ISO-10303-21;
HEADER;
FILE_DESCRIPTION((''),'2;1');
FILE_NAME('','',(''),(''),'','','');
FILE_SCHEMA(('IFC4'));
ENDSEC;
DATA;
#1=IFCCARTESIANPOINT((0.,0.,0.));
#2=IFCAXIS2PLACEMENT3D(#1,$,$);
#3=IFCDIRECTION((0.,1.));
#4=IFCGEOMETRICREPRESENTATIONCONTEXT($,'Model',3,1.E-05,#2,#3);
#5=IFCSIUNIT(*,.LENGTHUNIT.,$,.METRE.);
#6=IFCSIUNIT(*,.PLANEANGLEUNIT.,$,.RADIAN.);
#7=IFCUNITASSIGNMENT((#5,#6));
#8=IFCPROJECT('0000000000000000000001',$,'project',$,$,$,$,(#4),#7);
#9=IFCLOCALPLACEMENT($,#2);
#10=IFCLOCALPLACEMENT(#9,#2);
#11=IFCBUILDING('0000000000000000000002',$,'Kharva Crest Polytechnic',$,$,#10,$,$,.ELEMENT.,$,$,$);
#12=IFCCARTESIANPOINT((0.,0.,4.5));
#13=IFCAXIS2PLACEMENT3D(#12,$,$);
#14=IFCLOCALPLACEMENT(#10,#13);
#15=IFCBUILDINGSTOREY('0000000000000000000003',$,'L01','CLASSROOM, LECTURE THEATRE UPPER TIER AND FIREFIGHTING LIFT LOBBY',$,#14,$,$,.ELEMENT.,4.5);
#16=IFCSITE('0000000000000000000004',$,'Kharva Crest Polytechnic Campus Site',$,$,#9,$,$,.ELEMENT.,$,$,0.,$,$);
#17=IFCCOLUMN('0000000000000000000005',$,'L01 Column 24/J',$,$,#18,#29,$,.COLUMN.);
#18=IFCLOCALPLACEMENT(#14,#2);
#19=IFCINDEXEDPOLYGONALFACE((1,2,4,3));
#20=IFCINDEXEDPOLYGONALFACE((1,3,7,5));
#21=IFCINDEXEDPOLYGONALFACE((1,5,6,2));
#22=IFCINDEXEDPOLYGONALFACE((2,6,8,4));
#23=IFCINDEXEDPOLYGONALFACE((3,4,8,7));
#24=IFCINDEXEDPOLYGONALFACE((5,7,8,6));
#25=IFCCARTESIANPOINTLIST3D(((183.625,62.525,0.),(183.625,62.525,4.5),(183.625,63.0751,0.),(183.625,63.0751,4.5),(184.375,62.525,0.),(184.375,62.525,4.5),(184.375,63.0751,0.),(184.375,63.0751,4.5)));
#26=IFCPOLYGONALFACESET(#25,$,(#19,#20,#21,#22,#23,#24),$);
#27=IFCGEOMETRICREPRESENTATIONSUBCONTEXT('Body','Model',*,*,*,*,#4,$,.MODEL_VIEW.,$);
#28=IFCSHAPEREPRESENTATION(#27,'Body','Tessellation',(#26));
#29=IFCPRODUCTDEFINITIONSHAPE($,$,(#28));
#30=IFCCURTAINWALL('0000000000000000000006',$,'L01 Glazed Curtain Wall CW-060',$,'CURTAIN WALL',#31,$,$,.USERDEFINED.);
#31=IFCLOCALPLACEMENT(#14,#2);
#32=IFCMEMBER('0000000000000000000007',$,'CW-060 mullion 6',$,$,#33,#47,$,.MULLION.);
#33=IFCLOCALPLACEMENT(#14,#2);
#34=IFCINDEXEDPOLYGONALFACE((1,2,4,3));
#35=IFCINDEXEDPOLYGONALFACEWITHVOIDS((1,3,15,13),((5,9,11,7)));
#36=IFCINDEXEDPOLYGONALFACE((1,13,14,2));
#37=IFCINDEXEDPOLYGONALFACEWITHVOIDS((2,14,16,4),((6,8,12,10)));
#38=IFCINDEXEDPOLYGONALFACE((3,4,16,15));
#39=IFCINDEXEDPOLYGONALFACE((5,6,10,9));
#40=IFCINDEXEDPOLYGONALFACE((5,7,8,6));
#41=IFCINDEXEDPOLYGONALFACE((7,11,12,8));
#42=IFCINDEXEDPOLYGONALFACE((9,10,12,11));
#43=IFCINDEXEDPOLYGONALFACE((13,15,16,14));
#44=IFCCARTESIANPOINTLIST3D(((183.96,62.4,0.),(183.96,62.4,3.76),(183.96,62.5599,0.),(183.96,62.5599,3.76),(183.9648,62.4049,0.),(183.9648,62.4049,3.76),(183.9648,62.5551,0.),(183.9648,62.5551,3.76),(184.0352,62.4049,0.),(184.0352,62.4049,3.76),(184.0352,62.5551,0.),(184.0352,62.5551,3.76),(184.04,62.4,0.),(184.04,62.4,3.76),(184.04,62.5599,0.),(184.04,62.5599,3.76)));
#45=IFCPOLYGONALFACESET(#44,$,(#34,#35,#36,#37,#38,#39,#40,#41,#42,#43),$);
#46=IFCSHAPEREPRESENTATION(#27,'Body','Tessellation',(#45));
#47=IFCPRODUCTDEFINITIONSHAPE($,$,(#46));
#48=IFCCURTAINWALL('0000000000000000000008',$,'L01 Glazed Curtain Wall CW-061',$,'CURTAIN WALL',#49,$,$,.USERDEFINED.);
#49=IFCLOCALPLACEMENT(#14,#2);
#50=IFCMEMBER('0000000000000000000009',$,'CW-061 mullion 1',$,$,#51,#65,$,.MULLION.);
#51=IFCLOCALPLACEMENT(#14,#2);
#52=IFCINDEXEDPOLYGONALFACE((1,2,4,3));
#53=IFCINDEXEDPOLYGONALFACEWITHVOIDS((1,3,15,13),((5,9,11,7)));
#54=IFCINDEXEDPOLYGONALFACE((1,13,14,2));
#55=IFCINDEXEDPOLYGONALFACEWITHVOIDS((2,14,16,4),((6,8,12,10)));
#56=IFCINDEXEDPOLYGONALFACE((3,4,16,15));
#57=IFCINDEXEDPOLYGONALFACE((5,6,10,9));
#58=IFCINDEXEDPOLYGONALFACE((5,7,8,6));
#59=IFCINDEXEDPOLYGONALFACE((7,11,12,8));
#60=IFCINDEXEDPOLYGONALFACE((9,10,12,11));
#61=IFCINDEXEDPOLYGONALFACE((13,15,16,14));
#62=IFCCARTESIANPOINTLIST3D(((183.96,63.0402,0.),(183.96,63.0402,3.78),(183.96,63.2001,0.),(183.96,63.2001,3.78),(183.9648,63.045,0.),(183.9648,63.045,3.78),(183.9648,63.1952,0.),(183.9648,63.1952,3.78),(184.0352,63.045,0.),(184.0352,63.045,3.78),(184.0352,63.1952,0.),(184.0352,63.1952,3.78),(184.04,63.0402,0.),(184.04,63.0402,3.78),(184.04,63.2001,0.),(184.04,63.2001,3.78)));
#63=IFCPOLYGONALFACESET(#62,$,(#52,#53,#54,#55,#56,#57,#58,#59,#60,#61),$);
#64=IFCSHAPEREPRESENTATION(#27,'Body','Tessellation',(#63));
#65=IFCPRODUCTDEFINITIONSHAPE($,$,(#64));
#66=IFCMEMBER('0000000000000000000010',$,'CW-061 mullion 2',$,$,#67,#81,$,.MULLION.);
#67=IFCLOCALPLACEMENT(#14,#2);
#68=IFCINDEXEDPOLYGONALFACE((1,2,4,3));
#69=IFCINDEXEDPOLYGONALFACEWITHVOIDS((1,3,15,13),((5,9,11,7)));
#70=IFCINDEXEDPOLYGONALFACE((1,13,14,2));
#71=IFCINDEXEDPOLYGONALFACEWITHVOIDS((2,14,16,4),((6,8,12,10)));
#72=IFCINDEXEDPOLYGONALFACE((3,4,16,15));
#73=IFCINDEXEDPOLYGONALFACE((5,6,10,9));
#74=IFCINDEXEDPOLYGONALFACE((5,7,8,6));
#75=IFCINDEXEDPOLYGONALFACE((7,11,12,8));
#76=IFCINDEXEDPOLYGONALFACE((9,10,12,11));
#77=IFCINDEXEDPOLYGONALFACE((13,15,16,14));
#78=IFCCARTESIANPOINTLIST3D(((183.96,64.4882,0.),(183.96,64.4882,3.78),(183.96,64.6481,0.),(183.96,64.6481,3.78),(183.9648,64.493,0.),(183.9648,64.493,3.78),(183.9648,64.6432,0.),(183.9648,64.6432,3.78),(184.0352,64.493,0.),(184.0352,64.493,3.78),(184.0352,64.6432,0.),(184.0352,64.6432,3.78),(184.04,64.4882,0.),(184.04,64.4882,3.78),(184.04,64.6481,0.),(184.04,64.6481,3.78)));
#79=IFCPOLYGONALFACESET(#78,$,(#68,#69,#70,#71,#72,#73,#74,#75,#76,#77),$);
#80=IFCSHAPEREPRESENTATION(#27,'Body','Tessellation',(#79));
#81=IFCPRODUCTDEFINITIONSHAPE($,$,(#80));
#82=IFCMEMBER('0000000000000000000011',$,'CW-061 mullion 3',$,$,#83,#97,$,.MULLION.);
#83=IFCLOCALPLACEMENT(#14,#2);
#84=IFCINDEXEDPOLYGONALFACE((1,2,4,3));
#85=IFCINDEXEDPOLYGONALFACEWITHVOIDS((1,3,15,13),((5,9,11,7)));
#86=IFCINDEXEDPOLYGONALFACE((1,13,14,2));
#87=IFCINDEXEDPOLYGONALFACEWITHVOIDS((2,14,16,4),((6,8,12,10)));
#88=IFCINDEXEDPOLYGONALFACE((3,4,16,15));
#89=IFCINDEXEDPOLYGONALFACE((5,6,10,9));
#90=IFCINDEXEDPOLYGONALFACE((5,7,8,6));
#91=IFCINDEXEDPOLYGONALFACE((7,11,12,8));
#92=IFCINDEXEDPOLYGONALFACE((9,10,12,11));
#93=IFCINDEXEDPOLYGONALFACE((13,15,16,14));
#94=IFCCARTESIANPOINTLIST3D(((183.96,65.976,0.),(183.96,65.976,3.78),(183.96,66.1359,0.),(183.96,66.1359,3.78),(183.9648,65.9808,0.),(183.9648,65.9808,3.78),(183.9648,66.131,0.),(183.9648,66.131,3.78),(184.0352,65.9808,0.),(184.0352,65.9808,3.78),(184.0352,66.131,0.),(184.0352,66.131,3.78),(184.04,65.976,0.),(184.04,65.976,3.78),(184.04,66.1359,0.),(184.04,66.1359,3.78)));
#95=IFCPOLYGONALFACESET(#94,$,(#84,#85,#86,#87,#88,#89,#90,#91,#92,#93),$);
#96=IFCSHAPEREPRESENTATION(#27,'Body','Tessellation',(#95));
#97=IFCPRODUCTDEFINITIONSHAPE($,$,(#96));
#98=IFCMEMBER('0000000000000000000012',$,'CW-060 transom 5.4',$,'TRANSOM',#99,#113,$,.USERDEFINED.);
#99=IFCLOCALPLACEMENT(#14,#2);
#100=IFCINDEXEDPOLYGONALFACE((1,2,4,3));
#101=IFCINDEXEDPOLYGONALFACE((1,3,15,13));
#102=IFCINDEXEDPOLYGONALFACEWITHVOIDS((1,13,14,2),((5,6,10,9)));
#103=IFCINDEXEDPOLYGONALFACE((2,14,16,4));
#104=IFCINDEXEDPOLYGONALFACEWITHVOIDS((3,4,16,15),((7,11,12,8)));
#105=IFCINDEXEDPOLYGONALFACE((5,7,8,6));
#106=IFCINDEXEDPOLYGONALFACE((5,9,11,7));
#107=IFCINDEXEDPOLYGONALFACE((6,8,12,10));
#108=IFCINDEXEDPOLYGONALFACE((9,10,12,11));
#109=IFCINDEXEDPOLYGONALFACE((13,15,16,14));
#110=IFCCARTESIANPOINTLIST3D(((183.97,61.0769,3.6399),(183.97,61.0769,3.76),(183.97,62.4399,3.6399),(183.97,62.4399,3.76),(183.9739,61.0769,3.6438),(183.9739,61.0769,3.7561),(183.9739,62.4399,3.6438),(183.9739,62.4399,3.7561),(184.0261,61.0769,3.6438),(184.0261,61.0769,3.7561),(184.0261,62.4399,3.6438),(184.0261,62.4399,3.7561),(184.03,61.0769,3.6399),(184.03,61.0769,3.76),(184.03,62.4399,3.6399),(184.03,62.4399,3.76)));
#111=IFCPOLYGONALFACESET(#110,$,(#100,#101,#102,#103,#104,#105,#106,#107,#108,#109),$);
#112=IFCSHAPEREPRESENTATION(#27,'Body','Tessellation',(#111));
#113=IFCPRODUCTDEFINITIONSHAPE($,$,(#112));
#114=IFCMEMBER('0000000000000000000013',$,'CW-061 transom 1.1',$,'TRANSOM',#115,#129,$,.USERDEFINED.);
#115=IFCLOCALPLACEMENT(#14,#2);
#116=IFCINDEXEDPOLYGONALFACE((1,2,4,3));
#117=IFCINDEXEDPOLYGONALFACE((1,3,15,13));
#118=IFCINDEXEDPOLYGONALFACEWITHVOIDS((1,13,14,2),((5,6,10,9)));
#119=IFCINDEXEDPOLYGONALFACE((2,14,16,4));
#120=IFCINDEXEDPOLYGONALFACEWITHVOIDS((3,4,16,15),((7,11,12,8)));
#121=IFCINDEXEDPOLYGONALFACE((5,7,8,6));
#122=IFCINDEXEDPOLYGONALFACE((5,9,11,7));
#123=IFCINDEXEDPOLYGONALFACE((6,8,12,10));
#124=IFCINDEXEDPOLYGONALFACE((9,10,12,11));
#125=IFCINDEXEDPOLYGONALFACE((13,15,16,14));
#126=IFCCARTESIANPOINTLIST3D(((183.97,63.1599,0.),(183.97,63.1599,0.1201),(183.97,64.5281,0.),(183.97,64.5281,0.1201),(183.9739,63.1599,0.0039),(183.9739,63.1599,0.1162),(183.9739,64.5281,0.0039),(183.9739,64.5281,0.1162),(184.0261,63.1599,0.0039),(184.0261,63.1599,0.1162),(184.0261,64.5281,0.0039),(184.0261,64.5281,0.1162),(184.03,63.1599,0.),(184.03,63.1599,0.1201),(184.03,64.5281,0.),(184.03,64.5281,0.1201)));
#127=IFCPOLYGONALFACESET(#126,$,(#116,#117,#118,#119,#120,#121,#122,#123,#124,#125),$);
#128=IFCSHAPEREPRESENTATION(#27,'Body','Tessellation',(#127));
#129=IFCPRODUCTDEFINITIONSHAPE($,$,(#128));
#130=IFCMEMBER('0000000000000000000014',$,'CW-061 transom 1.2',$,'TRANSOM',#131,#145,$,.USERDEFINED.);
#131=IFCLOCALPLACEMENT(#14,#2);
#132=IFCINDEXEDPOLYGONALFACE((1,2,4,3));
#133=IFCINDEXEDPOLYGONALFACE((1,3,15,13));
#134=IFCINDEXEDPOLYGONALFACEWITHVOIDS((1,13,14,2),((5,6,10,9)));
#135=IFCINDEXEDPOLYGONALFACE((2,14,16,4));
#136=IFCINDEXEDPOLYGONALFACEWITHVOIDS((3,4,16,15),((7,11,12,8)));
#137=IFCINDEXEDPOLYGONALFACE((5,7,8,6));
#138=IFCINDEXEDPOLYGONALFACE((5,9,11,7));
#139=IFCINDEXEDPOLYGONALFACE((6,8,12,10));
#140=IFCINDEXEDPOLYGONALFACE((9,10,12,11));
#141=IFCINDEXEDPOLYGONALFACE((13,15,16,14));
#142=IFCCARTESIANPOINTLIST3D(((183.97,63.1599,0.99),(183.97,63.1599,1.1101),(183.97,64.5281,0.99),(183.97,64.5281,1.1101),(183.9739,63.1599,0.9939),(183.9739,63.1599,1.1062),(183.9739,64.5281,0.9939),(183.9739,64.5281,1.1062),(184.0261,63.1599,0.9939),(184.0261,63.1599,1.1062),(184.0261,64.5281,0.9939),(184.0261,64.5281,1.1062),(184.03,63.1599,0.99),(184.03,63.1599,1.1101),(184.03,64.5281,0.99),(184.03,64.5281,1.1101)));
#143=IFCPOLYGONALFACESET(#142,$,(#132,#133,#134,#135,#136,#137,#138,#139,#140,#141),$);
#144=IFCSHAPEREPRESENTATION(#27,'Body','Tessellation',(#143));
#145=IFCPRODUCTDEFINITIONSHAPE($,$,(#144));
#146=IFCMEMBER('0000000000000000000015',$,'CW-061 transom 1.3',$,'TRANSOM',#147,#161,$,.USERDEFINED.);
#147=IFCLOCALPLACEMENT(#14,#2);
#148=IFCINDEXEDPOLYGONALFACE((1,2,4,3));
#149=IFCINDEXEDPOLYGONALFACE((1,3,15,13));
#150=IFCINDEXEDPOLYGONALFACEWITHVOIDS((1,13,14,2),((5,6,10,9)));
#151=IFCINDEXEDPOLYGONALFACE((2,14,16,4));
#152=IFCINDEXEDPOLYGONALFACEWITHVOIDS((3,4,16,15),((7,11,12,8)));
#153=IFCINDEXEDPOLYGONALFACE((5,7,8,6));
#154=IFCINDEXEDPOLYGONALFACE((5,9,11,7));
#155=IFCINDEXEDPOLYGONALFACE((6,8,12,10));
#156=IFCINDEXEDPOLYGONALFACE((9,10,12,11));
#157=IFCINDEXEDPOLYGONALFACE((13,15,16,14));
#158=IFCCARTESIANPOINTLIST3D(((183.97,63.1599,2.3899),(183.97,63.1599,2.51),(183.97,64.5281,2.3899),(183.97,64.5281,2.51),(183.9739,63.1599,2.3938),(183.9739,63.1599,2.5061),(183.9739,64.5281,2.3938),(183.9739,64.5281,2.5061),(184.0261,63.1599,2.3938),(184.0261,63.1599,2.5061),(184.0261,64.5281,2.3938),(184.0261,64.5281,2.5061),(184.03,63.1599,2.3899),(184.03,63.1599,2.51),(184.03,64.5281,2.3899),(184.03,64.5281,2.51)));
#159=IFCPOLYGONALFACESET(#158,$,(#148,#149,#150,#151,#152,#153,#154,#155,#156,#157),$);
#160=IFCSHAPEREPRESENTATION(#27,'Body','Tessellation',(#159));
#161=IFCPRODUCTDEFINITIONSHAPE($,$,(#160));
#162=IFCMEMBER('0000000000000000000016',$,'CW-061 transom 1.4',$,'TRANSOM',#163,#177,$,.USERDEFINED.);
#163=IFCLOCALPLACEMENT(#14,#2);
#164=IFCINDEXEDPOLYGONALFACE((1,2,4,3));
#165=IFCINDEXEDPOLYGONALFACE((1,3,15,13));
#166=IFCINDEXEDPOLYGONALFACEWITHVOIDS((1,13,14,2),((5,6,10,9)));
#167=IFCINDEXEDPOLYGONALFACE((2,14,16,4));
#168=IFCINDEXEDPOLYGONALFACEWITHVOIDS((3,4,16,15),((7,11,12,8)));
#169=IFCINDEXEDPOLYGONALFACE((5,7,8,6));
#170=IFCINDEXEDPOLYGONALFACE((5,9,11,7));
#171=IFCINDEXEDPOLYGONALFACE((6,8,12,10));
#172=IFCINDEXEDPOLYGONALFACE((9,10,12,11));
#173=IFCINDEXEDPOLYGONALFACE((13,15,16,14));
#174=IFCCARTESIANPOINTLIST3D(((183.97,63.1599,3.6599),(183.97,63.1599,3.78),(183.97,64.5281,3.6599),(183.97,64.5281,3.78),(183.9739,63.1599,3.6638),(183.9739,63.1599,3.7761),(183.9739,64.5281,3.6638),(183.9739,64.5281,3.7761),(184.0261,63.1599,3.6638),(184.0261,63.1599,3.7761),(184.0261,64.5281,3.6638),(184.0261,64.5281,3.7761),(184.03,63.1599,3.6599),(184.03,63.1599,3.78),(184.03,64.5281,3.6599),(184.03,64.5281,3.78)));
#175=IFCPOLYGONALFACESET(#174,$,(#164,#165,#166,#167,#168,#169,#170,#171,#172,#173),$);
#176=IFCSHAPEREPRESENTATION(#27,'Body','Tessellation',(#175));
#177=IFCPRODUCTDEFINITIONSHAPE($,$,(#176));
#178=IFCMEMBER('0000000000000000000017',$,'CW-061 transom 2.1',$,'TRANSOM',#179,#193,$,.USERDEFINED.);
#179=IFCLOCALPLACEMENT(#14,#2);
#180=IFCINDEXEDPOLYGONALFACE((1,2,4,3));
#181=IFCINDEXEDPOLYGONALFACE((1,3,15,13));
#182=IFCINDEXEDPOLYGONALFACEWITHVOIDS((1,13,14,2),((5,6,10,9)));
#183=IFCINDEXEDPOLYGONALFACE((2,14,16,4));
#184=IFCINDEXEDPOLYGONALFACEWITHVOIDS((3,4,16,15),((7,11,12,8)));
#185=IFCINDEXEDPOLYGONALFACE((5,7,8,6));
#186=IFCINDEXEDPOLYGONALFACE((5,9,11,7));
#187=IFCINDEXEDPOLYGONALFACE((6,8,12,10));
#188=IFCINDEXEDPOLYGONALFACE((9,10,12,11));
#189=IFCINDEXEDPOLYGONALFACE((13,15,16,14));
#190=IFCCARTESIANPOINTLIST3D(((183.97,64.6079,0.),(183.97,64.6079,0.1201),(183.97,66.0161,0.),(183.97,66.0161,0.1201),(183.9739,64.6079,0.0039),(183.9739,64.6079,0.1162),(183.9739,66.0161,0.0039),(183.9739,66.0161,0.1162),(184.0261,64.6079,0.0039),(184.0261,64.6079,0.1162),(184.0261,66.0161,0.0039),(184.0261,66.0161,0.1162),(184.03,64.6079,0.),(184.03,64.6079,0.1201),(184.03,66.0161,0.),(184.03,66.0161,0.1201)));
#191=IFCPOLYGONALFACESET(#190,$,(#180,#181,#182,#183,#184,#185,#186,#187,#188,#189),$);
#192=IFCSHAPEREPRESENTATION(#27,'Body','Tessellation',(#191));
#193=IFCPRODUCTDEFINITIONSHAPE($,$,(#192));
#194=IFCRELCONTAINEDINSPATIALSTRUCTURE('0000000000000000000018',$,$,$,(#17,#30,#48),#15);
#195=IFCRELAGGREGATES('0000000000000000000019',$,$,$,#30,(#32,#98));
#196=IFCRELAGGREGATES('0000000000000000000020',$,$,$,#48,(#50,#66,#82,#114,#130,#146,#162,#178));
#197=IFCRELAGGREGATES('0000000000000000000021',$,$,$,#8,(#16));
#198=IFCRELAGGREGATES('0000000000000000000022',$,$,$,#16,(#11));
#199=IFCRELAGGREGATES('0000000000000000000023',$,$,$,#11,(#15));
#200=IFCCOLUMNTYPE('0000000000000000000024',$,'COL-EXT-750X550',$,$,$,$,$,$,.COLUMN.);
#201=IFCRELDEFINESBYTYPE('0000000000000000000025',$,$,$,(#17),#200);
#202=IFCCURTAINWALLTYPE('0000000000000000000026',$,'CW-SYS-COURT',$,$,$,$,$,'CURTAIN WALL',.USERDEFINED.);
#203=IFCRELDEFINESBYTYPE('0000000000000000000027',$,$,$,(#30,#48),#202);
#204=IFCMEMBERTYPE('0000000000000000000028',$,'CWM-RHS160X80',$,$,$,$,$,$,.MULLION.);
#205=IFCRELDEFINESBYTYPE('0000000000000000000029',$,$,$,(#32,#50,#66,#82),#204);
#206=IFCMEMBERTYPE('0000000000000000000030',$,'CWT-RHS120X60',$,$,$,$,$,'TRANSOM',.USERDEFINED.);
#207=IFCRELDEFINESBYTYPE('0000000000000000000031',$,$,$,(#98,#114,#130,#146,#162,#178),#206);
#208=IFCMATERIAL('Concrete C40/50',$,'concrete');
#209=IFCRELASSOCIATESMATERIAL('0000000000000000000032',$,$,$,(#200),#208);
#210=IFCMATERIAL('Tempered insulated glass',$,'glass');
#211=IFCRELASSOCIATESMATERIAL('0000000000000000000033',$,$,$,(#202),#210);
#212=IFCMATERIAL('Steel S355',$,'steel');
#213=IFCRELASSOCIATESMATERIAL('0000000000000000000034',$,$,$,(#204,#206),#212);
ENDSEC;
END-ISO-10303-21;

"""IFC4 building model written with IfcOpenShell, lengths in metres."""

from ifc_helpers import new_model, si_unit, direction, frame, origin, origin_2d, place, context, subcontext, project, spatial, rectangle, hollow_rectangle, extrude, material, material_profile, profile_set, type_object, element, aggregate, save


model = new_model("IFC4")

# Units and contexts
model_context = context("Model", 3, precision=1e-05, world=origin(), true_north=direction((0.0, 1.0)))
body_context = subcontext(model_context, "Body", "Model", "MODEL_VIEW")
ifc_project = project(units=[si_unit("LENGTHUNIT", "METRE"), si_unit("PLANEANGLEUNIT", "RADIAN")], contexts=[model_context])

# Site, building, storey
site_placement = place(None, origin())
site = spatial("IfcSite", under=ifc_project, at=site_placement, Name="Kharva Crest Polytechnic Campus Site", CompositionType="ELEMENT", RefElevation=0.0)
building_placement = place(site_placement, origin())
building = spatial("IfcBuilding", under=site, at=building_placement, Name="Kharva Crest Polytechnic", CompositionType="ELEMENT")
storey_placement = place(building_placement, frame((0.0, 0.0, 4.5)))
storey = spatial("IfcBuildingStorey", under=building, at=storey_placement, Name="L01", Description="CLASSROOM, LECTURE THEATRE UPPER TIER AND FIREFIGHTING LIFT LOBBY", CompositionType="ELEMENT", Elevation=4.5)

# Column
ifc_material_1 = material(Name="Concrete C40/50", Category="concrete")
ifc_material_profile_1 = material_profile(ifc_material_1, rectangle(XDim=0.75, YDim=0.55, at=origin_2d()), Name="RECT 750 X 550")
ifc_profile_set_1 = profile_set([ifc_material_profile_1], Name="Concrete C40/50")
column_type = type_object("IfcColumnType", Name="COL-EXT-750X550", PredefinedType="COLUMN", material=ifc_profile_set_1)
column_placement = place(storey_placement, frame((184.0, 62.8, 0.0), z_axis=(0.0, 0.0, 1.0), x_axis=(1.0, 0.0, 0.0)))
element("IfcColumn", 1, at=column_placement, inside=storey, type_object=column_type, Name="L01 Column 24/J", PredefinedType="COLUMN", context=body_context, shape_type="SweptSolid", body=[
    extrude(rectangle(XDim=0.75, YDim=0.55, at=origin_2d()), origin(), (0.0, 0.0, 1.0), 4.5),
])

# Curtain wall, member
ifc_material_2 = material(Name="Tempered insulated glass", Category="glass")
curtain_wall_type = type_object("IfcCurtainWallType", Name="CW-SYS-COURT", ElementType="CURTAIN WALL", PredefinedType="USERDEFINED", material=ifc_material_2)
curtain_wall_1_placement = place(storey_placement, origin())
curtain_wall_1 = element("IfcCurtainWall", 2, at=curtain_wall_1_placement, inside=storey, type_object=curtain_wall_type, Name="L01 Glazed Curtain Wall CW-060", ObjectType="CURTAIN WALL", PredefinedType="USERDEFINED")
ifc_material_3 = material(Name="Steel S355", Category="steel")
ifc_material_profile_2 = material_profile(ifc_material_3, hollow_rectangle(XDim=0.0801, YDim=0.1599, WallThickness=0.0049, at=origin_2d()), Name="RHS 160X80X5.0")
ifc_profile_set_2 = profile_set([ifc_material_profile_2], Name="Steel S355")
member_type_1 = type_object("IfcMemberType", Name="CWM-RHS160X80", PredefinedType="MULLION", material=ifc_profile_set_2)
member_1_placement = place(storey_placement, frame((184.0, 62.48, 0.0), z_axis=(0.0, 0.0, 1.0), x_axis=(-1.0, 0.0, 0.0)))
member_1 = element("IfcMember", 3, at=member_1_placement, type_object=member_type_1, Name="CW-060 mullion 6", PredefinedType="MULLION", context=body_context, shape_type="SweptSolid", body=[
    extrude(hollow_rectangle(XDim=0.0801, YDim=0.1599, WallThickness=0.0049, at=origin_2d()), origin(), (0.0, 0.0, 1.0), 3.76),
])

# Curtain wall, members
curtain_wall_2_placement = place(storey_placement, origin())
curtain_wall_2 = element("IfcCurtainWall", 4, at=curtain_wall_2_placement, inside=storey, type_object=curtain_wall_type, Name="L01 Glazed Curtain Wall CW-061", ObjectType="CURTAIN WALL", PredefinedType="USERDEFINED")
member_2_placement = place(storey_placement, frame((184.0, 63.1201, 0.0), z_axis=(0.0, 0.0, 1.0), x_axis=(-1.0, 0.0, 0.0)))
member_2 = element("IfcMember", 5, at=member_2_placement, type_object=member_type_1, Name="CW-061 mullion 1", PredefinedType="MULLION", context=body_context, shape_type="SweptSolid", body=[
    extrude(hollow_rectangle(XDim=0.0801, YDim=0.1599, WallThickness=0.0049, at=origin_2d()), origin(), (0.0, 0.0, 1.0), 3.78),
])
member_3_placement = place(storey_placement, frame((184.0, 64.5681, 0.0), z_axis=(0.0, 0.0, 1.0), x_axis=(-1.0, 0.0, 0.0)))
member_3 = element("IfcMember", 6, at=member_3_placement, type_object=member_type_1, Name="CW-061 mullion 2", PredefinedType="MULLION", context=body_context, shape_type="SweptSolid", body=[
    extrude(hollow_rectangle(XDim=0.0801, YDim=0.1599, WallThickness=0.0049, at=origin_2d()), origin(), (0.0, 0.0, 1.0), 3.78),
])
member_4_placement = place(storey_placement, frame((184.0, 66.0559, 0.0), z_axis=(0.0, 0.0, 1.0), x_axis=(-1.0, 0.0, 0.0)))
member_4 = element("IfcMember", 7, at=member_4_placement, type_object=member_type_1, Name="CW-061 mullion 3", PredefinedType="MULLION", context=body_context, shape_type="SweptSolid", body=[
    extrude(hollow_rectangle(XDim=0.0801, YDim=0.1599, WallThickness=0.0049, at=origin_2d()), origin(), (0.0, 0.0, 1.0), 3.78),
])

# Members
ifc_material_profile_3 = material_profile(ifc_material_3, hollow_rectangle(XDim=0.0601, YDim=0.1201, WallThickness=0.0039, at=origin_2d()), Name="RHS 120X60X4.0")
ifc_profile_set_3 = profile_set([ifc_material_profile_3], Name="Steel S355")
member_type_2 = type_object("IfcMemberType", Name="CWT-RHS120X60", ElementType="TRANSOM", PredefinedType="USERDEFINED", material=ifc_profile_set_3)
member_5_placement = place(storey_placement, frame((184.0, 61.0769, 3.7), z_axis=(0.0, 1.0, 0.0), x_axis=(-1.0, 0.0, 0.0)))
member_5 = element("IfcMember", 8, at=member_5_placement, type_object=member_type_2, Name="CW-060 transom 5.4", ObjectType="TRANSOM", PredefinedType="USERDEFINED", context=body_context, shape_type="SweptSolid", body=[
    extrude(hollow_rectangle(XDim=0.0601, YDim=0.1201, WallThickness=0.0039, at=origin_2d()), origin(), (0.0, 0.0, 1.0), 1.363),
])
member_6_placement = place(storey_placement, frame((184.0, 63.1599, 0.0601), z_axis=(0.0, 1.0, 0.0), x_axis=(-1.0, 0.0, 0.0)))
member_6 = element("IfcMember", 9, at=member_6_placement, type_object=member_type_2, Name="CW-061 transom 1.1", ObjectType="TRANSOM", PredefinedType="USERDEFINED", context=body_context, shape_type="SweptSolid", body=[
    extrude(hollow_rectangle(XDim=0.0601, YDim=0.1201, WallThickness=0.0039, at=origin_2d()), origin(), (0.0, 0.0, 1.0), 1.3682),
])
member_7_placement = place(storey_placement, frame((184.0, 63.1599, 1.05), z_axis=(0.0, 1.0, 0.0), x_axis=(-1.0, 0.0, 0.0)))
member_7 = element("IfcMember", 10, at=member_7_placement, type_object=member_type_2, Name="CW-061 transom 1.2", ObjectType="TRANSOM", PredefinedType="USERDEFINED", context=body_context, shape_type="SweptSolid", body=[
    extrude(hollow_rectangle(XDim=0.0601, YDim=0.1201, WallThickness=0.0039, at=origin_2d()), origin(), (0.0, 0.0, 1.0), 1.3682),
])
member_8_placement = place(storey_placement, frame((184.0, 63.1599, 2.45), z_axis=(0.0, 1.0, 0.0), x_axis=(-1.0, 0.0, 0.0)))
member_8 = element("IfcMember", 11, at=member_8_placement, type_object=member_type_2, Name="CW-061 transom 1.3", ObjectType="TRANSOM", PredefinedType="USERDEFINED", context=body_context, shape_type="SweptSolid", body=[
    extrude(hollow_rectangle(XDim=0.0601, YDim=0.1201, WallThickness=0.0039, at=origin_2d()), origin(), (0.0, 0.0, 1.0), 1.3682),
])
member_9_placement = place(storey_placement, frame((184.0, 63.1599, 3.72), z_axis=(0.0, 1.0, 0.0), x_axis=(-1.0, 0.0, 0.0)))
member_9 = element("IfcMember", 12, at=member_9_placement, type_object=member_type_2, Name="CW-061 transom 1.4", ObjectType="TRANSOM", PredefinedType="USERDEFINED", context=body_context, shape_type="SweptSolid", body=[
    extrude(hollow_rectangle(XDim=0.0601, YDim=0.1201, WallThickness=0.0039, at=origin_2d()), origin(), (0.0, 0.0, 1.0), 1.3682),
])
member_10_placement = place(storey_placement, frame((184.0, 64.6079, 0.0601), z_axis=(0.0, 1.0, 0.0), x_axis=(-1.0, 0.0, 0.0)))
member_10 = element("IfcMember", 13, at=member_10_placement, type_object=member_type_2, Name="CW-061 transom 2.1", ObjectType="TRANSOM", PredefinedType="USERDEFINED", context=body_context, shape_type="SweptSolid", body=[
    extrude(hollow_rectangle(XDim=0.0601, YDim=0.1201, WallThickness=0.0039, at=origin_2d()), origin(), (0.0, 0.0, 1.0), 1.4082),
])

aggregate(curtain_wall_1, [member_1, member_5])
aggregate(curtain_wall_2, [member_2, member_3, member_4, member_6, member_7, member_8, member_9, member_10])

save(model, "model.ifc")
